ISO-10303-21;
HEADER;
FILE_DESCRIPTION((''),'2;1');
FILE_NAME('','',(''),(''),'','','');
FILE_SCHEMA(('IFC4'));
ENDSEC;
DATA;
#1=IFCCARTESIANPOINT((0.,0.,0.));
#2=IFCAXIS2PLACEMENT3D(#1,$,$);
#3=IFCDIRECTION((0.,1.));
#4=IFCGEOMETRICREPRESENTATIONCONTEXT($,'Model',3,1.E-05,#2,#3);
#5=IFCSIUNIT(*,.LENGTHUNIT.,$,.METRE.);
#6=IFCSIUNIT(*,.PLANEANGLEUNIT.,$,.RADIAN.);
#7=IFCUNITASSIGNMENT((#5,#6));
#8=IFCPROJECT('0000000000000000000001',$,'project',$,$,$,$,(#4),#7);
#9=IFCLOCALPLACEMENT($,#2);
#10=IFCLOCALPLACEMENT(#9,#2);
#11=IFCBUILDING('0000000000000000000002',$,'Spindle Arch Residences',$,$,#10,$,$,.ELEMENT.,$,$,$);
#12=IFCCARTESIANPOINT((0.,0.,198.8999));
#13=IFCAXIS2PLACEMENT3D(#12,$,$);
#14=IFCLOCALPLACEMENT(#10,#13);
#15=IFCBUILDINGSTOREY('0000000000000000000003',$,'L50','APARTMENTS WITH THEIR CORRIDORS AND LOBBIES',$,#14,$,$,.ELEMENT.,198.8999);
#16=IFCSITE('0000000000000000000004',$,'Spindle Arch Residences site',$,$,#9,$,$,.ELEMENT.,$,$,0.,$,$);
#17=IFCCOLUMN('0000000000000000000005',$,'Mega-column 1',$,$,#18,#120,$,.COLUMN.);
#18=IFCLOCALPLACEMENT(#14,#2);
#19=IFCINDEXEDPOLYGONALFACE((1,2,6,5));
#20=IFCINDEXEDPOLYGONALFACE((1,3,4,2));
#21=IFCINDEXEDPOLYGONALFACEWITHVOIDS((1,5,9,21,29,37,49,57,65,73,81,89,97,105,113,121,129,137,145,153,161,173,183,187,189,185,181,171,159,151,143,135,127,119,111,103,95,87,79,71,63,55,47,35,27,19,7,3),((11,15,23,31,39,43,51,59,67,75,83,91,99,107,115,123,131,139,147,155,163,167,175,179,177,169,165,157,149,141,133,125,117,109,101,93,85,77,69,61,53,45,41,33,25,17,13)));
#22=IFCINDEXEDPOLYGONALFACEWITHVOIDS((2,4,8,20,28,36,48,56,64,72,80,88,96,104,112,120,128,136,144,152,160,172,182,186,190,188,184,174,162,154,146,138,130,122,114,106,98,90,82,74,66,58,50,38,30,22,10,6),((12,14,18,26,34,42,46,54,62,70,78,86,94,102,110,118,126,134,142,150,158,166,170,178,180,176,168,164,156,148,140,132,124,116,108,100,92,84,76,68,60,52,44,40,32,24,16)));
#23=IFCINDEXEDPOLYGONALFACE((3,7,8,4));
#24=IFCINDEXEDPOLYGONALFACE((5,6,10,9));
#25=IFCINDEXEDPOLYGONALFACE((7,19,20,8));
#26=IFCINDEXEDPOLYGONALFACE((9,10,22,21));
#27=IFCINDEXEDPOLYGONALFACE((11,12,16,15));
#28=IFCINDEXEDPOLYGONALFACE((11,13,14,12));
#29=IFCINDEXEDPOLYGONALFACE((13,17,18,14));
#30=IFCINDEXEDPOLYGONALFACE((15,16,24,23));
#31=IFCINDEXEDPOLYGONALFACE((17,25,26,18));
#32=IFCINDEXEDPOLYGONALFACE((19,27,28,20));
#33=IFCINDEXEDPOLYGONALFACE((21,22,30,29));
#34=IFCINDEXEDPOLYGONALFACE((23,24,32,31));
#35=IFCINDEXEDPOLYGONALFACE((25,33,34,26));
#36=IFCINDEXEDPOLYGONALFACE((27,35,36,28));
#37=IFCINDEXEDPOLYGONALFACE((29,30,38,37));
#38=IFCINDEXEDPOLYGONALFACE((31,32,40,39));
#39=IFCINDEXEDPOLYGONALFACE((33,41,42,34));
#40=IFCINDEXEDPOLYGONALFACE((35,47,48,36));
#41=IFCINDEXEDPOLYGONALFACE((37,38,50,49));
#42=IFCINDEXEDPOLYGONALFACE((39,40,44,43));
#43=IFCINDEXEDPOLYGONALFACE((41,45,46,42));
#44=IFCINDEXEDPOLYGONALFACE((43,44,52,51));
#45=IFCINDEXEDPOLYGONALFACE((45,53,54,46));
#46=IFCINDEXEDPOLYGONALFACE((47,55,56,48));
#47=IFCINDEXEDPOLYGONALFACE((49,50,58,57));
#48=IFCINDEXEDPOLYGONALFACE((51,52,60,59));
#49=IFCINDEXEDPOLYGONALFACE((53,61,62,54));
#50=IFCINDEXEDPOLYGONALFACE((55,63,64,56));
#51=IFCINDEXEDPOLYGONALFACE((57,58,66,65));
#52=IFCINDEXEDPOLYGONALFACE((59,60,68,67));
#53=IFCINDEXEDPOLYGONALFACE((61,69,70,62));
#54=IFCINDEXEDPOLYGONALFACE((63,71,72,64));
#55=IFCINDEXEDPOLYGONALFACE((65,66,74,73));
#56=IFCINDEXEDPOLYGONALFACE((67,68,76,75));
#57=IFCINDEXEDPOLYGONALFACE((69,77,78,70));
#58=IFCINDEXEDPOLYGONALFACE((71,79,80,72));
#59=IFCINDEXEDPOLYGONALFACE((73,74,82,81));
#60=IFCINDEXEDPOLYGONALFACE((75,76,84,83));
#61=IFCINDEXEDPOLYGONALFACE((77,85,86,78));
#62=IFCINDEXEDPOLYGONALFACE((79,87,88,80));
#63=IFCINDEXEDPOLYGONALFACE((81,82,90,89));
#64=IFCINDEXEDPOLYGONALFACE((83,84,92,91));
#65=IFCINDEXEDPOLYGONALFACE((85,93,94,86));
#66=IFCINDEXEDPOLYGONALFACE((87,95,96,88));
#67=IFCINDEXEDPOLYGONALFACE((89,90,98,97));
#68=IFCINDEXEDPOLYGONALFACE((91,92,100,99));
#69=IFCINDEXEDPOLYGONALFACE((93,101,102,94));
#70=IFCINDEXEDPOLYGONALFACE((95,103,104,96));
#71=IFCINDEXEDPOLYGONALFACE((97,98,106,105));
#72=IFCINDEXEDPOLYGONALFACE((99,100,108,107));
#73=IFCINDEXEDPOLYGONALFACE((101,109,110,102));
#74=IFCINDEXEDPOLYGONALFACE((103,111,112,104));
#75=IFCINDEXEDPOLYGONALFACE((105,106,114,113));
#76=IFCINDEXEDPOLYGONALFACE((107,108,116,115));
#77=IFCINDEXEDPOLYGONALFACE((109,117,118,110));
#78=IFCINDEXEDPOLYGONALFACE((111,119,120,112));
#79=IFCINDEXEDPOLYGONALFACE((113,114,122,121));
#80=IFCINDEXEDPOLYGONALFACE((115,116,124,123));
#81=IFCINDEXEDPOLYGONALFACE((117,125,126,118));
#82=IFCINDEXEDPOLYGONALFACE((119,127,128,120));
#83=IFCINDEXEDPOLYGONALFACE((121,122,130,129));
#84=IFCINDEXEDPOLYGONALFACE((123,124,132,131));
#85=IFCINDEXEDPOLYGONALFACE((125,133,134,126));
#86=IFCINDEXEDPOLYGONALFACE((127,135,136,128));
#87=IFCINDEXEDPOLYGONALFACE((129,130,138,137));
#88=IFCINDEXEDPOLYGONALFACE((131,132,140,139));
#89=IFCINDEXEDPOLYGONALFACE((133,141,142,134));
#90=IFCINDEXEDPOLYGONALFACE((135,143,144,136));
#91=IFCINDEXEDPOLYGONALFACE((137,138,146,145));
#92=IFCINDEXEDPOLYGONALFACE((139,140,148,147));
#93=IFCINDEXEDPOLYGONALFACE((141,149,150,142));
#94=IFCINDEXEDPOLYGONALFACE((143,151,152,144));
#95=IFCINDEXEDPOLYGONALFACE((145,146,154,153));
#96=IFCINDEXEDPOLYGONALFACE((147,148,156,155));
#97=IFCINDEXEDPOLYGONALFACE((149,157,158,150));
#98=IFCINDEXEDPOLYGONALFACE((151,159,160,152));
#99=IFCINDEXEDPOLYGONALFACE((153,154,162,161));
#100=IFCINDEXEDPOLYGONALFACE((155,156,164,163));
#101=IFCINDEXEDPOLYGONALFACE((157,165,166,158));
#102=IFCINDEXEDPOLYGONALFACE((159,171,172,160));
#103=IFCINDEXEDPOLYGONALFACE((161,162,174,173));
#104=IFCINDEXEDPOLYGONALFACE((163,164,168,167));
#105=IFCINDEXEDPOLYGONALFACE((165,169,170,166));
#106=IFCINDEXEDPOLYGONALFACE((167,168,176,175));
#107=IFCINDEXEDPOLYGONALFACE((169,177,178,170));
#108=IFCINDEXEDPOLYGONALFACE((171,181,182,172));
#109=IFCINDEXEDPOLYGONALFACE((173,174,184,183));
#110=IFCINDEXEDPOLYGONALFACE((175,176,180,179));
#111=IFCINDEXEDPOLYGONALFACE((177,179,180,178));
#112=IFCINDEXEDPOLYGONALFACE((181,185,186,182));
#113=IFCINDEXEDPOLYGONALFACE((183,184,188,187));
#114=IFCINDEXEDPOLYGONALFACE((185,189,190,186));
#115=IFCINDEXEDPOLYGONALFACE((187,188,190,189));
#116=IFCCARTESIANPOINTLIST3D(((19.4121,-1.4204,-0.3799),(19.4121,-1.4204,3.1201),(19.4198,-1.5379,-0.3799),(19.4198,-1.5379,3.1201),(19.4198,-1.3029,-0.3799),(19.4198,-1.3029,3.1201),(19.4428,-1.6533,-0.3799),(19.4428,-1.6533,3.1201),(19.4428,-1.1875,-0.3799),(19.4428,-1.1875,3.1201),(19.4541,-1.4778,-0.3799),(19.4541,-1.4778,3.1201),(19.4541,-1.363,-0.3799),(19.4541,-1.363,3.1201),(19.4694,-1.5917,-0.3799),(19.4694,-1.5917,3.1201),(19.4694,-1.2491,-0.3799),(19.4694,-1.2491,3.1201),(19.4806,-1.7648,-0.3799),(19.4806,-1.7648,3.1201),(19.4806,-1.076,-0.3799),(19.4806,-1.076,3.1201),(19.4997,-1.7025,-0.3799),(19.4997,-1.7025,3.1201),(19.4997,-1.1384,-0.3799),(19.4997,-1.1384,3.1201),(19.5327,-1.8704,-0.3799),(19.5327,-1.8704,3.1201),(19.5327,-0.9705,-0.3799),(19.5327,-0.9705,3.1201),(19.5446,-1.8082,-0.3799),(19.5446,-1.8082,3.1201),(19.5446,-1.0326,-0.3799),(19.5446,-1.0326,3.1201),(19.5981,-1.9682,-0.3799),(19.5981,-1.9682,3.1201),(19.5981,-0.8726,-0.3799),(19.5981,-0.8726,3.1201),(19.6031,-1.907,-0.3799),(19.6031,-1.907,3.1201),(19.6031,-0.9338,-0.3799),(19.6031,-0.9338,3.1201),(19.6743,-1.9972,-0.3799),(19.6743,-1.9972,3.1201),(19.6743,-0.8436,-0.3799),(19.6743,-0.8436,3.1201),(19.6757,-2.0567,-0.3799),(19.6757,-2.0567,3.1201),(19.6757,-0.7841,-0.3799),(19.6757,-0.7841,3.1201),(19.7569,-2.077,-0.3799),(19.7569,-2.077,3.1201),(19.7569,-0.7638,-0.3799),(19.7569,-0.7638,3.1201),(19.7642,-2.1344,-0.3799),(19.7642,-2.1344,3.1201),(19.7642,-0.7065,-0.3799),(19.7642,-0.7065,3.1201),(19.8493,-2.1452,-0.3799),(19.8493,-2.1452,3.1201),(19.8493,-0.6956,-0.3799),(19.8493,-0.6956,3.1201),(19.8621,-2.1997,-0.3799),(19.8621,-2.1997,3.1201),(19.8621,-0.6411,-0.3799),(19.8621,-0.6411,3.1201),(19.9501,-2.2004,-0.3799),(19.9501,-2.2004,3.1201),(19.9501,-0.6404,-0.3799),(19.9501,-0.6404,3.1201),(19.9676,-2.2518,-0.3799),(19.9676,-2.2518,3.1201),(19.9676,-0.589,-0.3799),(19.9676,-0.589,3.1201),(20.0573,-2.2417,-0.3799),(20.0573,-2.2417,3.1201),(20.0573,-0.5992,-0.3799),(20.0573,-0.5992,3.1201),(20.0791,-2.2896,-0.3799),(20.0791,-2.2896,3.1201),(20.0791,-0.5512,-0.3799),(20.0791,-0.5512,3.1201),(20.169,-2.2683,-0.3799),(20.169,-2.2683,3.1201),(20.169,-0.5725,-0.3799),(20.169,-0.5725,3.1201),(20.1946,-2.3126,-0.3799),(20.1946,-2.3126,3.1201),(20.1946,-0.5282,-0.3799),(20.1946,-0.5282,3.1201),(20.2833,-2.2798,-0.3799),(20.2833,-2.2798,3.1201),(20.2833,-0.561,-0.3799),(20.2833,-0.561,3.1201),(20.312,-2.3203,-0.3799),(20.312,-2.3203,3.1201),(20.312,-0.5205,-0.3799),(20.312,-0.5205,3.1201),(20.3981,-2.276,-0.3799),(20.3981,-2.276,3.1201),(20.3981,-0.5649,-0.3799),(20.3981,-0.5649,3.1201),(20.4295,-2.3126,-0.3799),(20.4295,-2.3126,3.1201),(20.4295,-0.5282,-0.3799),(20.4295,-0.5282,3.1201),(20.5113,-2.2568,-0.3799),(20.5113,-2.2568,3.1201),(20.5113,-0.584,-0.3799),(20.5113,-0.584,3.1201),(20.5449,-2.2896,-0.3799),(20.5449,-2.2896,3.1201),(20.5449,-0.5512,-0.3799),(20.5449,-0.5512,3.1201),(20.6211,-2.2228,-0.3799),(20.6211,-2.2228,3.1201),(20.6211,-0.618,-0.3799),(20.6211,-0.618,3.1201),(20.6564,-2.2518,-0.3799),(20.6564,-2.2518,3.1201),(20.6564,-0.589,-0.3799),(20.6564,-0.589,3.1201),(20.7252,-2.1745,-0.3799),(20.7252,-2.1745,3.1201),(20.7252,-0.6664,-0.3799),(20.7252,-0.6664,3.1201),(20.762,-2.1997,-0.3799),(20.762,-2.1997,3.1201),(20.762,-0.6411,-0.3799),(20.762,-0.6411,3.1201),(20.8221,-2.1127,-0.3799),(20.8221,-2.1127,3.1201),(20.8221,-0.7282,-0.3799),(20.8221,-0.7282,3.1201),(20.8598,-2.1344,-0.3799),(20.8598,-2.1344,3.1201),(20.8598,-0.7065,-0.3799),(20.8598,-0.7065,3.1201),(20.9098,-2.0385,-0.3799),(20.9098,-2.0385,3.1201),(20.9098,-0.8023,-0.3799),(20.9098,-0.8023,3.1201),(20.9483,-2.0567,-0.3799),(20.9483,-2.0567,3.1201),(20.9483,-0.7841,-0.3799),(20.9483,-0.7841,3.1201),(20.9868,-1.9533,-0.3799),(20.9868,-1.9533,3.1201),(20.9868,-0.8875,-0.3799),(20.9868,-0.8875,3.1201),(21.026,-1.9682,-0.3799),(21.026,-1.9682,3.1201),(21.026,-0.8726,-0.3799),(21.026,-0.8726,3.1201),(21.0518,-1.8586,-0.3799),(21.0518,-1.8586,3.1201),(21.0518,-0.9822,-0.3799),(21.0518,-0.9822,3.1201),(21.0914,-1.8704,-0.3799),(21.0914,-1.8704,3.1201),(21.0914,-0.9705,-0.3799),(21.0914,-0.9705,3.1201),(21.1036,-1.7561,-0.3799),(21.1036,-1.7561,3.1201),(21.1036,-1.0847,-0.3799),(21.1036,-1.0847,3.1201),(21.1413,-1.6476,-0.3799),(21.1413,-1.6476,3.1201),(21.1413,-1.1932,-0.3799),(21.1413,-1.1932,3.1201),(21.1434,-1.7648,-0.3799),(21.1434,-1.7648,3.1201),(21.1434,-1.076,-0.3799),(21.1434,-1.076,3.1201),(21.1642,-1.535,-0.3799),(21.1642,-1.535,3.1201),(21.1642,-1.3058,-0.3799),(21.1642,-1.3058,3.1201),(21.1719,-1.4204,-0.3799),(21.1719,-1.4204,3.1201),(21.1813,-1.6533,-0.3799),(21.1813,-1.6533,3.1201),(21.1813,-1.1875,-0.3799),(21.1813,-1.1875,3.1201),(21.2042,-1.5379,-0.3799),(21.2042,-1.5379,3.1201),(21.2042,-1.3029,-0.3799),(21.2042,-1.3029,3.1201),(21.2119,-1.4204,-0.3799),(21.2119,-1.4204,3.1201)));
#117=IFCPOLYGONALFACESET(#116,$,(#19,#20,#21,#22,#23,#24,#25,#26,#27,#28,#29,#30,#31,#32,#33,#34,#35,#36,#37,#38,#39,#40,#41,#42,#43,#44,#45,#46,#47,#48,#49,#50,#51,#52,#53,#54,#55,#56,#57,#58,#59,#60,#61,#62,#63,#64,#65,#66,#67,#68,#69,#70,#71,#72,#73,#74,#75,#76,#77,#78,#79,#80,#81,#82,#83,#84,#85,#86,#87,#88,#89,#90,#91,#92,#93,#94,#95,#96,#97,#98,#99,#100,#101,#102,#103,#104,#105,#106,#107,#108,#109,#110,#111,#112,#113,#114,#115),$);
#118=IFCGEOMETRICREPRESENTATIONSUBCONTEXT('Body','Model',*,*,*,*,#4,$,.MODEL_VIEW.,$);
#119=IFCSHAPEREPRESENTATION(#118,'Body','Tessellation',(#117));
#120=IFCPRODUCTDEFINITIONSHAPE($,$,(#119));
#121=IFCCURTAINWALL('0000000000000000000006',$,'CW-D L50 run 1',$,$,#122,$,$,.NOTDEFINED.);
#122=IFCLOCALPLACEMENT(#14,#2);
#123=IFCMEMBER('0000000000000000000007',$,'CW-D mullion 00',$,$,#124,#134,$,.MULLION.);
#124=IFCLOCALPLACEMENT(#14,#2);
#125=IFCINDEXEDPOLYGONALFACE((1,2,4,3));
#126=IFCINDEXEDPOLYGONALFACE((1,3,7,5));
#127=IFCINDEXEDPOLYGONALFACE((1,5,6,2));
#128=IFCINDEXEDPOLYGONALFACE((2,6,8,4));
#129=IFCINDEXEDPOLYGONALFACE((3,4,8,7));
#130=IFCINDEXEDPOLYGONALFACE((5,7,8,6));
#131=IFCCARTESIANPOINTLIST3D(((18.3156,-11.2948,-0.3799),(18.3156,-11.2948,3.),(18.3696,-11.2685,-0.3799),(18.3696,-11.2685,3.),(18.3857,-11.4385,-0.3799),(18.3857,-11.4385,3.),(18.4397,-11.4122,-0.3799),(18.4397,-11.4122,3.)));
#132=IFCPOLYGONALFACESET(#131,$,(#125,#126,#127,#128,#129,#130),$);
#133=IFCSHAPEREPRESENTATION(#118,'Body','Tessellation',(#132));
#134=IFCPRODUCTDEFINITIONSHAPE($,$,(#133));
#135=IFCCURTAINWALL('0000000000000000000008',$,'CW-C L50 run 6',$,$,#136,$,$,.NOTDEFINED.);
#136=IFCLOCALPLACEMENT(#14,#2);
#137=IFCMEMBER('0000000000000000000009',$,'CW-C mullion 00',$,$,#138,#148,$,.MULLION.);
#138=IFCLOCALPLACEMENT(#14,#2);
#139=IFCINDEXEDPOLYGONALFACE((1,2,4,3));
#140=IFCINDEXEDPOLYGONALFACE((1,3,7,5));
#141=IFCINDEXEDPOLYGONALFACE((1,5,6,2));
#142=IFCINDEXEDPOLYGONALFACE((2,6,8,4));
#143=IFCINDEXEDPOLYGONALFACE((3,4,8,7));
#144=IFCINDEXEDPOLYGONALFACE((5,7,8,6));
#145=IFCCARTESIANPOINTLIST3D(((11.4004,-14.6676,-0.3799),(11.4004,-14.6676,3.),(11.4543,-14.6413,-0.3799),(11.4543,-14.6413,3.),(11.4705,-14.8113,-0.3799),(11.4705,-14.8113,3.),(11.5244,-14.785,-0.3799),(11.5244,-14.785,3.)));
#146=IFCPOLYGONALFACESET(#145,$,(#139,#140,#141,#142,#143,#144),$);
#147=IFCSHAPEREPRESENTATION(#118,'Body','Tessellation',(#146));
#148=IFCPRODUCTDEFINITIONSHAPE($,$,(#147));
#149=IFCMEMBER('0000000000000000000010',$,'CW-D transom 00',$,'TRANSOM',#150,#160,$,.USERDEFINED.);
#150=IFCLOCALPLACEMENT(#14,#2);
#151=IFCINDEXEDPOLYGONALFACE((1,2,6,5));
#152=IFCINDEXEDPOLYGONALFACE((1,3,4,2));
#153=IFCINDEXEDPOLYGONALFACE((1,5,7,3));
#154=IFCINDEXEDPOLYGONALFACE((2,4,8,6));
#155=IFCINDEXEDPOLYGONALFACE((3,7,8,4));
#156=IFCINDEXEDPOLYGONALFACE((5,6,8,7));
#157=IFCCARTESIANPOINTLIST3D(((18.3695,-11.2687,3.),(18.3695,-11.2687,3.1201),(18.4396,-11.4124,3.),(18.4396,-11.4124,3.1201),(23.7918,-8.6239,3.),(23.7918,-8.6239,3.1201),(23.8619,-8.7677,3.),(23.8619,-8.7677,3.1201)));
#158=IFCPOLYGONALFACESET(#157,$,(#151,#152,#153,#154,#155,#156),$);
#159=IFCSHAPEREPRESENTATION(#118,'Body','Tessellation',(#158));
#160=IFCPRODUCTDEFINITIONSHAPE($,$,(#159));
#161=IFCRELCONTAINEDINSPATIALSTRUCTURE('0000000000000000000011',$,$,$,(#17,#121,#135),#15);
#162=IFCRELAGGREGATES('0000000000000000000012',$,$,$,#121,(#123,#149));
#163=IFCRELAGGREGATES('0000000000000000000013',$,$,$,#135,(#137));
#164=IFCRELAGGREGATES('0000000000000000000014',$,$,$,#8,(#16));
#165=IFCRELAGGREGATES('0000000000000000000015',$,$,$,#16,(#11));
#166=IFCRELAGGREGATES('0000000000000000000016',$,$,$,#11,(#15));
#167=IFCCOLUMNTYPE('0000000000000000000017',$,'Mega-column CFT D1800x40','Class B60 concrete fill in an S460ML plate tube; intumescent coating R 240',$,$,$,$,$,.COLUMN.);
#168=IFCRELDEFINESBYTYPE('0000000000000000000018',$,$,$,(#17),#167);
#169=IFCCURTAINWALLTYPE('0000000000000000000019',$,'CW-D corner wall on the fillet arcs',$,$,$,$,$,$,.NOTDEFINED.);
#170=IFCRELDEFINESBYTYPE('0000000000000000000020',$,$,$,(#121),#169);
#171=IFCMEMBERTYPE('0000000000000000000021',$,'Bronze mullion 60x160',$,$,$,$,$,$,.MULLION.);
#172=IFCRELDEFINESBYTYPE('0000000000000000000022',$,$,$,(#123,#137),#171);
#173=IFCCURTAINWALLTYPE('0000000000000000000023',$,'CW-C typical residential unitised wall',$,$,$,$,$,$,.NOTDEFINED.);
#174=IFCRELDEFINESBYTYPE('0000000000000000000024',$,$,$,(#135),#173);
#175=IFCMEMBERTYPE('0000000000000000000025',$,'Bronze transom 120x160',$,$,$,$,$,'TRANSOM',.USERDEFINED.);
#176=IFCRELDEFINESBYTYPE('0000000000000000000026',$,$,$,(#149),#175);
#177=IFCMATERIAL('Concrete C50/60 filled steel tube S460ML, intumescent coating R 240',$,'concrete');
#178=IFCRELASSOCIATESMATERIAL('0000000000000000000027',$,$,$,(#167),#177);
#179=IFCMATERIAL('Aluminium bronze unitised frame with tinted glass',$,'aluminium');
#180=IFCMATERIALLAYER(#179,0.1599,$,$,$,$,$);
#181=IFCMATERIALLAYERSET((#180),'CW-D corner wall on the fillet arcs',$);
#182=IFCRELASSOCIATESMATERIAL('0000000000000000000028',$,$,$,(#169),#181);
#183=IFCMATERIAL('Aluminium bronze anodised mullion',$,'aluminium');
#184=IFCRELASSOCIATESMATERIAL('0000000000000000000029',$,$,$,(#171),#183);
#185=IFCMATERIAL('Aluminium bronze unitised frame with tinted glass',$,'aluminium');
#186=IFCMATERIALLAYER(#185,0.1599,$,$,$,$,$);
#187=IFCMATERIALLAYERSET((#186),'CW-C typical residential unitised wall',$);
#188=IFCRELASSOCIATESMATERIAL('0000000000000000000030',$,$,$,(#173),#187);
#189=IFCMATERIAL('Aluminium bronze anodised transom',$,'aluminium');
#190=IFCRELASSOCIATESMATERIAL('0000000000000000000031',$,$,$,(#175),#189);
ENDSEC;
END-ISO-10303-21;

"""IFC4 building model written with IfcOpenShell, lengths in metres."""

from ifc_helpers import new_model, si_unit, direction, frame, origin, origin_2d, place, context, subcontext, project, spatial, rectangle, hollow_circle, extrude, material, layer, layer_set, material_profile, profile_set, type_object, element, aggregate, save


model = new_model("IFC4")

# Units and contexts
model_context = context("Model", 3, precision=1e-05, world=origin(), true_north=direction((0.0, 1.0)))
body_context = subcontext(model_context, "Body", "Model", "MODEL_VIEW")
ifc_project = project(units=[si_unit("LENGTHUNIT", "METRE"), si_unit("PLANEANGLEUNIT", "RADIAN")], contexts=[model_context])

# Site, building, storey
site_placement = place(None, origin())
site = spatial("IfcSite", under=ifc_project, at=site_placement, Name="Spindle Arch Residences site", CompositionType="ELEMENT", RefElevation=0.0)
building_placement = place(site_placement, origin())
building = spatial("IfcBuilding", under=site, at=building_placement, Name="Spindle Arch Residences", CompositionType="ELEMENT")
storey_placement = place(building_placement, frame((0.0, 0.0, 198.8999)))
storey = spatial("IfcBuildingStorey", under=building, at=storey_placement, Name="L50", Description="APARTMENTS WITH THEIR CORRIDORS AND LOBBIES", CompositionType="ELEMENT", Elevation=198.8999)

# Column
ifc_material_1 = material(Name="Concrete C50/60 filled steel tube S460ML, intumescent coating R 240", Category="concrete")
ifc_material_profile_1 = material_profile(ifc_material_1, hollow_circle(Radius=0.8999, WallThickness=0.04, at=origin_2d()), Name="CFT D1800x40")
ifc_profile_set_1 = profile_set([ifc_material_profile_1], Name="Concrete C50/60 filled steel tube S460ML, intumescent coating R 240")
column_type_1 = type_object("IfcColumnType", Name="Mega-column CFT D1800x40", Description="Class B60 concrete fill in an S460ML plate tube; intumescent coating R 240", PredefinedType="COLUMN", material=ifc_profile_set_1)
column_placement = place(storey_placement, frame((20.312, -1.4204, -0.3799), z_axis=(0.0, 0.0, 1.0), x_axis=(1.0, 0.0, 0.0)))
element("IfcColumn", 1, at=column_placement, inside=storey, type_object=column_type_1, Name="Mega-column 1", PredefinedType="COLUMN", context=body_context, shape_type="SweptSolid", body=[
    extrude(hollow_circle(Radius=0.8999, WallThickness=0.04, at=origin_2d()), origin(), (0.0, 0.0, 1.0), 3.5),
])

# Curtain walls, members
ifc_material_2 = material(Name="Aluminium bronze unitised frame with tinted glass", Category="aluminium")
ifc_layer_1 = layer(ifc_material_2, 0.1599)
ifc_layer_set_1 = layer_set([ifc_layer_1], Name="CW-D corner wall on the fillet arcs")
curtain_wall_type_1 = type_object("IfcCurtainWallType", Name="CW-D corner wall on the fillet arcs", PredefinedType="NOTDEFINED", material=ifc_layer_set_1)
curtain_wall_1_placement = place(storey_placement, origin())
curtain_wall_1 = element("IfcCurtainWall", 2, at=curtain_wall_1_placement, inside=storey, type_object=curtain_wall_type_1, Name="CW-D L50 run 1", PredefinedType="NOTDEFINED")
ifc_material_3 = material(Name="Aluminium bronze anodised mullion", Category="aluminium")
ifc_material_profile_2 = material_profile(ifc_material_3, rectangle(XDim=0.1599, YDim=0.0601, at=origin_2d()), Name="MU 60x160")
ifc_profile_set_2 = profile_set([ifc_material_profile_2], Name="Aluminium bronze anodised mullion")
member_type_1 = type_object("IfcMemberType", Name="Bronze mullion 60x160", PredefinedType="MULLION", material=ifc_profile_set_2)
member_1_placement = place(storey_placement, frame((18.3777, -11.3535, -0.3799), z_axis=(0.0, 0.0, 1.0), x_axis=(-0.438371, 0.898794, 0.0)))
member_1 = element("IfcMember", 3, at=member_1_placement, type_object=member_type_1, Name="CW-D mullion 00", PredefinedType="MULLION", context=body_context, shape_type="SweptSolid", body=[
    extrude(rectangle(XDim=0.1599, YDim=0.0601, at=origin_2d()), origin(), (0.0, 0.0, 1.0), 3.3799),
])
ifc_material_4 = material(Name="Aluminium bronze unitised frame with tinted glass", Category="aluminium")
ifc_layer_2 = layer(ifc_material_4, 0.1599)
ifc_layer_set_2 = layer_set([ifc_layer_2], Name="CW-C typical residential unitised wall")
curtain_wall_type_2 = type_object("IfcCurtainWallType", Name="CW-C typical residential unitised wall", PredefinedType="NOTDEFINED", material=ifc_layer_set_2)
curtain_wall_2_placement = place(storey_placement, origin())
curtain_wall_2 = element("IfcCurtainWall", 4, at=curtain_wall_2_placement, inside=storey, type_object=curtain_wall_type_2, Name="CW-C L50 run 6", PredefinedType="NOTDEFINED")
member_2_placement = place(storey_placement, frame((11.4624, -14.7263, -0.3799), z_axis=(0.0, 0.0, 1.0), x_axis=(-0.438371, 0.898794, 0.0)))
member_2 = element("IfcMember", 5, at=member_2_placement, type_object=member_type_1, Name="CW-C mullion 00", PredefinedType="MULLION", context=body_context, shape_type="SweptSolid", body=[
    extrude(rectangle(XDim=0.1599, YDim=0.0601, at=origin_2d()), origin(), (0.0, 0.0, 1.0), 3.3799),
])

# Member
ifc_material_5 = material(Name="Aluminium bronze anodised transom", Category="aluminium")
ifc_material_profile_3 = material_profile(ifc_material_5, rectangle(XDim=0.1599, YDim=0.1201, at=origin_2d()), Name="TR 120x160")
ifc_profile_set_3 = profile_set([ifc_material_profile_3], Name="Aluminium bronze anodised transom")
member_type_2 = type_object("IfcMemberType", Name="Bronze transom 120x160", ElementType="TRANSOM", PredefinedType="USERDEFINED", material=ifc_profile_set_3)
member_3_placement = place(storey_placement, frame((18.4045, -11.3406, 3.0601), z_axis=(0.898787, 0.438386, 0.0), x_axis=(-0.438386, 0.898787, 0.0)))
member_3 = element("IfcMember", 6, at=member_3_placement, type_object=member_type_2, Name="CW-D transom 00", ObjectType="TRANSOM", PredefinedType="USERDEFINED", context=body_context, shape_type="SweptSolid", body=[
    extrude(rectangle(XDim=0.1599, YDim=0.1201, at=origin_2d()), origin(), (0.0, 0.0, 1.0), 6.033),
])

aggregate(curtain_wall_1, [member_1, member_3])
aggregate(curtain_wall_2, [member_2])

save(model, "model.ifc")
